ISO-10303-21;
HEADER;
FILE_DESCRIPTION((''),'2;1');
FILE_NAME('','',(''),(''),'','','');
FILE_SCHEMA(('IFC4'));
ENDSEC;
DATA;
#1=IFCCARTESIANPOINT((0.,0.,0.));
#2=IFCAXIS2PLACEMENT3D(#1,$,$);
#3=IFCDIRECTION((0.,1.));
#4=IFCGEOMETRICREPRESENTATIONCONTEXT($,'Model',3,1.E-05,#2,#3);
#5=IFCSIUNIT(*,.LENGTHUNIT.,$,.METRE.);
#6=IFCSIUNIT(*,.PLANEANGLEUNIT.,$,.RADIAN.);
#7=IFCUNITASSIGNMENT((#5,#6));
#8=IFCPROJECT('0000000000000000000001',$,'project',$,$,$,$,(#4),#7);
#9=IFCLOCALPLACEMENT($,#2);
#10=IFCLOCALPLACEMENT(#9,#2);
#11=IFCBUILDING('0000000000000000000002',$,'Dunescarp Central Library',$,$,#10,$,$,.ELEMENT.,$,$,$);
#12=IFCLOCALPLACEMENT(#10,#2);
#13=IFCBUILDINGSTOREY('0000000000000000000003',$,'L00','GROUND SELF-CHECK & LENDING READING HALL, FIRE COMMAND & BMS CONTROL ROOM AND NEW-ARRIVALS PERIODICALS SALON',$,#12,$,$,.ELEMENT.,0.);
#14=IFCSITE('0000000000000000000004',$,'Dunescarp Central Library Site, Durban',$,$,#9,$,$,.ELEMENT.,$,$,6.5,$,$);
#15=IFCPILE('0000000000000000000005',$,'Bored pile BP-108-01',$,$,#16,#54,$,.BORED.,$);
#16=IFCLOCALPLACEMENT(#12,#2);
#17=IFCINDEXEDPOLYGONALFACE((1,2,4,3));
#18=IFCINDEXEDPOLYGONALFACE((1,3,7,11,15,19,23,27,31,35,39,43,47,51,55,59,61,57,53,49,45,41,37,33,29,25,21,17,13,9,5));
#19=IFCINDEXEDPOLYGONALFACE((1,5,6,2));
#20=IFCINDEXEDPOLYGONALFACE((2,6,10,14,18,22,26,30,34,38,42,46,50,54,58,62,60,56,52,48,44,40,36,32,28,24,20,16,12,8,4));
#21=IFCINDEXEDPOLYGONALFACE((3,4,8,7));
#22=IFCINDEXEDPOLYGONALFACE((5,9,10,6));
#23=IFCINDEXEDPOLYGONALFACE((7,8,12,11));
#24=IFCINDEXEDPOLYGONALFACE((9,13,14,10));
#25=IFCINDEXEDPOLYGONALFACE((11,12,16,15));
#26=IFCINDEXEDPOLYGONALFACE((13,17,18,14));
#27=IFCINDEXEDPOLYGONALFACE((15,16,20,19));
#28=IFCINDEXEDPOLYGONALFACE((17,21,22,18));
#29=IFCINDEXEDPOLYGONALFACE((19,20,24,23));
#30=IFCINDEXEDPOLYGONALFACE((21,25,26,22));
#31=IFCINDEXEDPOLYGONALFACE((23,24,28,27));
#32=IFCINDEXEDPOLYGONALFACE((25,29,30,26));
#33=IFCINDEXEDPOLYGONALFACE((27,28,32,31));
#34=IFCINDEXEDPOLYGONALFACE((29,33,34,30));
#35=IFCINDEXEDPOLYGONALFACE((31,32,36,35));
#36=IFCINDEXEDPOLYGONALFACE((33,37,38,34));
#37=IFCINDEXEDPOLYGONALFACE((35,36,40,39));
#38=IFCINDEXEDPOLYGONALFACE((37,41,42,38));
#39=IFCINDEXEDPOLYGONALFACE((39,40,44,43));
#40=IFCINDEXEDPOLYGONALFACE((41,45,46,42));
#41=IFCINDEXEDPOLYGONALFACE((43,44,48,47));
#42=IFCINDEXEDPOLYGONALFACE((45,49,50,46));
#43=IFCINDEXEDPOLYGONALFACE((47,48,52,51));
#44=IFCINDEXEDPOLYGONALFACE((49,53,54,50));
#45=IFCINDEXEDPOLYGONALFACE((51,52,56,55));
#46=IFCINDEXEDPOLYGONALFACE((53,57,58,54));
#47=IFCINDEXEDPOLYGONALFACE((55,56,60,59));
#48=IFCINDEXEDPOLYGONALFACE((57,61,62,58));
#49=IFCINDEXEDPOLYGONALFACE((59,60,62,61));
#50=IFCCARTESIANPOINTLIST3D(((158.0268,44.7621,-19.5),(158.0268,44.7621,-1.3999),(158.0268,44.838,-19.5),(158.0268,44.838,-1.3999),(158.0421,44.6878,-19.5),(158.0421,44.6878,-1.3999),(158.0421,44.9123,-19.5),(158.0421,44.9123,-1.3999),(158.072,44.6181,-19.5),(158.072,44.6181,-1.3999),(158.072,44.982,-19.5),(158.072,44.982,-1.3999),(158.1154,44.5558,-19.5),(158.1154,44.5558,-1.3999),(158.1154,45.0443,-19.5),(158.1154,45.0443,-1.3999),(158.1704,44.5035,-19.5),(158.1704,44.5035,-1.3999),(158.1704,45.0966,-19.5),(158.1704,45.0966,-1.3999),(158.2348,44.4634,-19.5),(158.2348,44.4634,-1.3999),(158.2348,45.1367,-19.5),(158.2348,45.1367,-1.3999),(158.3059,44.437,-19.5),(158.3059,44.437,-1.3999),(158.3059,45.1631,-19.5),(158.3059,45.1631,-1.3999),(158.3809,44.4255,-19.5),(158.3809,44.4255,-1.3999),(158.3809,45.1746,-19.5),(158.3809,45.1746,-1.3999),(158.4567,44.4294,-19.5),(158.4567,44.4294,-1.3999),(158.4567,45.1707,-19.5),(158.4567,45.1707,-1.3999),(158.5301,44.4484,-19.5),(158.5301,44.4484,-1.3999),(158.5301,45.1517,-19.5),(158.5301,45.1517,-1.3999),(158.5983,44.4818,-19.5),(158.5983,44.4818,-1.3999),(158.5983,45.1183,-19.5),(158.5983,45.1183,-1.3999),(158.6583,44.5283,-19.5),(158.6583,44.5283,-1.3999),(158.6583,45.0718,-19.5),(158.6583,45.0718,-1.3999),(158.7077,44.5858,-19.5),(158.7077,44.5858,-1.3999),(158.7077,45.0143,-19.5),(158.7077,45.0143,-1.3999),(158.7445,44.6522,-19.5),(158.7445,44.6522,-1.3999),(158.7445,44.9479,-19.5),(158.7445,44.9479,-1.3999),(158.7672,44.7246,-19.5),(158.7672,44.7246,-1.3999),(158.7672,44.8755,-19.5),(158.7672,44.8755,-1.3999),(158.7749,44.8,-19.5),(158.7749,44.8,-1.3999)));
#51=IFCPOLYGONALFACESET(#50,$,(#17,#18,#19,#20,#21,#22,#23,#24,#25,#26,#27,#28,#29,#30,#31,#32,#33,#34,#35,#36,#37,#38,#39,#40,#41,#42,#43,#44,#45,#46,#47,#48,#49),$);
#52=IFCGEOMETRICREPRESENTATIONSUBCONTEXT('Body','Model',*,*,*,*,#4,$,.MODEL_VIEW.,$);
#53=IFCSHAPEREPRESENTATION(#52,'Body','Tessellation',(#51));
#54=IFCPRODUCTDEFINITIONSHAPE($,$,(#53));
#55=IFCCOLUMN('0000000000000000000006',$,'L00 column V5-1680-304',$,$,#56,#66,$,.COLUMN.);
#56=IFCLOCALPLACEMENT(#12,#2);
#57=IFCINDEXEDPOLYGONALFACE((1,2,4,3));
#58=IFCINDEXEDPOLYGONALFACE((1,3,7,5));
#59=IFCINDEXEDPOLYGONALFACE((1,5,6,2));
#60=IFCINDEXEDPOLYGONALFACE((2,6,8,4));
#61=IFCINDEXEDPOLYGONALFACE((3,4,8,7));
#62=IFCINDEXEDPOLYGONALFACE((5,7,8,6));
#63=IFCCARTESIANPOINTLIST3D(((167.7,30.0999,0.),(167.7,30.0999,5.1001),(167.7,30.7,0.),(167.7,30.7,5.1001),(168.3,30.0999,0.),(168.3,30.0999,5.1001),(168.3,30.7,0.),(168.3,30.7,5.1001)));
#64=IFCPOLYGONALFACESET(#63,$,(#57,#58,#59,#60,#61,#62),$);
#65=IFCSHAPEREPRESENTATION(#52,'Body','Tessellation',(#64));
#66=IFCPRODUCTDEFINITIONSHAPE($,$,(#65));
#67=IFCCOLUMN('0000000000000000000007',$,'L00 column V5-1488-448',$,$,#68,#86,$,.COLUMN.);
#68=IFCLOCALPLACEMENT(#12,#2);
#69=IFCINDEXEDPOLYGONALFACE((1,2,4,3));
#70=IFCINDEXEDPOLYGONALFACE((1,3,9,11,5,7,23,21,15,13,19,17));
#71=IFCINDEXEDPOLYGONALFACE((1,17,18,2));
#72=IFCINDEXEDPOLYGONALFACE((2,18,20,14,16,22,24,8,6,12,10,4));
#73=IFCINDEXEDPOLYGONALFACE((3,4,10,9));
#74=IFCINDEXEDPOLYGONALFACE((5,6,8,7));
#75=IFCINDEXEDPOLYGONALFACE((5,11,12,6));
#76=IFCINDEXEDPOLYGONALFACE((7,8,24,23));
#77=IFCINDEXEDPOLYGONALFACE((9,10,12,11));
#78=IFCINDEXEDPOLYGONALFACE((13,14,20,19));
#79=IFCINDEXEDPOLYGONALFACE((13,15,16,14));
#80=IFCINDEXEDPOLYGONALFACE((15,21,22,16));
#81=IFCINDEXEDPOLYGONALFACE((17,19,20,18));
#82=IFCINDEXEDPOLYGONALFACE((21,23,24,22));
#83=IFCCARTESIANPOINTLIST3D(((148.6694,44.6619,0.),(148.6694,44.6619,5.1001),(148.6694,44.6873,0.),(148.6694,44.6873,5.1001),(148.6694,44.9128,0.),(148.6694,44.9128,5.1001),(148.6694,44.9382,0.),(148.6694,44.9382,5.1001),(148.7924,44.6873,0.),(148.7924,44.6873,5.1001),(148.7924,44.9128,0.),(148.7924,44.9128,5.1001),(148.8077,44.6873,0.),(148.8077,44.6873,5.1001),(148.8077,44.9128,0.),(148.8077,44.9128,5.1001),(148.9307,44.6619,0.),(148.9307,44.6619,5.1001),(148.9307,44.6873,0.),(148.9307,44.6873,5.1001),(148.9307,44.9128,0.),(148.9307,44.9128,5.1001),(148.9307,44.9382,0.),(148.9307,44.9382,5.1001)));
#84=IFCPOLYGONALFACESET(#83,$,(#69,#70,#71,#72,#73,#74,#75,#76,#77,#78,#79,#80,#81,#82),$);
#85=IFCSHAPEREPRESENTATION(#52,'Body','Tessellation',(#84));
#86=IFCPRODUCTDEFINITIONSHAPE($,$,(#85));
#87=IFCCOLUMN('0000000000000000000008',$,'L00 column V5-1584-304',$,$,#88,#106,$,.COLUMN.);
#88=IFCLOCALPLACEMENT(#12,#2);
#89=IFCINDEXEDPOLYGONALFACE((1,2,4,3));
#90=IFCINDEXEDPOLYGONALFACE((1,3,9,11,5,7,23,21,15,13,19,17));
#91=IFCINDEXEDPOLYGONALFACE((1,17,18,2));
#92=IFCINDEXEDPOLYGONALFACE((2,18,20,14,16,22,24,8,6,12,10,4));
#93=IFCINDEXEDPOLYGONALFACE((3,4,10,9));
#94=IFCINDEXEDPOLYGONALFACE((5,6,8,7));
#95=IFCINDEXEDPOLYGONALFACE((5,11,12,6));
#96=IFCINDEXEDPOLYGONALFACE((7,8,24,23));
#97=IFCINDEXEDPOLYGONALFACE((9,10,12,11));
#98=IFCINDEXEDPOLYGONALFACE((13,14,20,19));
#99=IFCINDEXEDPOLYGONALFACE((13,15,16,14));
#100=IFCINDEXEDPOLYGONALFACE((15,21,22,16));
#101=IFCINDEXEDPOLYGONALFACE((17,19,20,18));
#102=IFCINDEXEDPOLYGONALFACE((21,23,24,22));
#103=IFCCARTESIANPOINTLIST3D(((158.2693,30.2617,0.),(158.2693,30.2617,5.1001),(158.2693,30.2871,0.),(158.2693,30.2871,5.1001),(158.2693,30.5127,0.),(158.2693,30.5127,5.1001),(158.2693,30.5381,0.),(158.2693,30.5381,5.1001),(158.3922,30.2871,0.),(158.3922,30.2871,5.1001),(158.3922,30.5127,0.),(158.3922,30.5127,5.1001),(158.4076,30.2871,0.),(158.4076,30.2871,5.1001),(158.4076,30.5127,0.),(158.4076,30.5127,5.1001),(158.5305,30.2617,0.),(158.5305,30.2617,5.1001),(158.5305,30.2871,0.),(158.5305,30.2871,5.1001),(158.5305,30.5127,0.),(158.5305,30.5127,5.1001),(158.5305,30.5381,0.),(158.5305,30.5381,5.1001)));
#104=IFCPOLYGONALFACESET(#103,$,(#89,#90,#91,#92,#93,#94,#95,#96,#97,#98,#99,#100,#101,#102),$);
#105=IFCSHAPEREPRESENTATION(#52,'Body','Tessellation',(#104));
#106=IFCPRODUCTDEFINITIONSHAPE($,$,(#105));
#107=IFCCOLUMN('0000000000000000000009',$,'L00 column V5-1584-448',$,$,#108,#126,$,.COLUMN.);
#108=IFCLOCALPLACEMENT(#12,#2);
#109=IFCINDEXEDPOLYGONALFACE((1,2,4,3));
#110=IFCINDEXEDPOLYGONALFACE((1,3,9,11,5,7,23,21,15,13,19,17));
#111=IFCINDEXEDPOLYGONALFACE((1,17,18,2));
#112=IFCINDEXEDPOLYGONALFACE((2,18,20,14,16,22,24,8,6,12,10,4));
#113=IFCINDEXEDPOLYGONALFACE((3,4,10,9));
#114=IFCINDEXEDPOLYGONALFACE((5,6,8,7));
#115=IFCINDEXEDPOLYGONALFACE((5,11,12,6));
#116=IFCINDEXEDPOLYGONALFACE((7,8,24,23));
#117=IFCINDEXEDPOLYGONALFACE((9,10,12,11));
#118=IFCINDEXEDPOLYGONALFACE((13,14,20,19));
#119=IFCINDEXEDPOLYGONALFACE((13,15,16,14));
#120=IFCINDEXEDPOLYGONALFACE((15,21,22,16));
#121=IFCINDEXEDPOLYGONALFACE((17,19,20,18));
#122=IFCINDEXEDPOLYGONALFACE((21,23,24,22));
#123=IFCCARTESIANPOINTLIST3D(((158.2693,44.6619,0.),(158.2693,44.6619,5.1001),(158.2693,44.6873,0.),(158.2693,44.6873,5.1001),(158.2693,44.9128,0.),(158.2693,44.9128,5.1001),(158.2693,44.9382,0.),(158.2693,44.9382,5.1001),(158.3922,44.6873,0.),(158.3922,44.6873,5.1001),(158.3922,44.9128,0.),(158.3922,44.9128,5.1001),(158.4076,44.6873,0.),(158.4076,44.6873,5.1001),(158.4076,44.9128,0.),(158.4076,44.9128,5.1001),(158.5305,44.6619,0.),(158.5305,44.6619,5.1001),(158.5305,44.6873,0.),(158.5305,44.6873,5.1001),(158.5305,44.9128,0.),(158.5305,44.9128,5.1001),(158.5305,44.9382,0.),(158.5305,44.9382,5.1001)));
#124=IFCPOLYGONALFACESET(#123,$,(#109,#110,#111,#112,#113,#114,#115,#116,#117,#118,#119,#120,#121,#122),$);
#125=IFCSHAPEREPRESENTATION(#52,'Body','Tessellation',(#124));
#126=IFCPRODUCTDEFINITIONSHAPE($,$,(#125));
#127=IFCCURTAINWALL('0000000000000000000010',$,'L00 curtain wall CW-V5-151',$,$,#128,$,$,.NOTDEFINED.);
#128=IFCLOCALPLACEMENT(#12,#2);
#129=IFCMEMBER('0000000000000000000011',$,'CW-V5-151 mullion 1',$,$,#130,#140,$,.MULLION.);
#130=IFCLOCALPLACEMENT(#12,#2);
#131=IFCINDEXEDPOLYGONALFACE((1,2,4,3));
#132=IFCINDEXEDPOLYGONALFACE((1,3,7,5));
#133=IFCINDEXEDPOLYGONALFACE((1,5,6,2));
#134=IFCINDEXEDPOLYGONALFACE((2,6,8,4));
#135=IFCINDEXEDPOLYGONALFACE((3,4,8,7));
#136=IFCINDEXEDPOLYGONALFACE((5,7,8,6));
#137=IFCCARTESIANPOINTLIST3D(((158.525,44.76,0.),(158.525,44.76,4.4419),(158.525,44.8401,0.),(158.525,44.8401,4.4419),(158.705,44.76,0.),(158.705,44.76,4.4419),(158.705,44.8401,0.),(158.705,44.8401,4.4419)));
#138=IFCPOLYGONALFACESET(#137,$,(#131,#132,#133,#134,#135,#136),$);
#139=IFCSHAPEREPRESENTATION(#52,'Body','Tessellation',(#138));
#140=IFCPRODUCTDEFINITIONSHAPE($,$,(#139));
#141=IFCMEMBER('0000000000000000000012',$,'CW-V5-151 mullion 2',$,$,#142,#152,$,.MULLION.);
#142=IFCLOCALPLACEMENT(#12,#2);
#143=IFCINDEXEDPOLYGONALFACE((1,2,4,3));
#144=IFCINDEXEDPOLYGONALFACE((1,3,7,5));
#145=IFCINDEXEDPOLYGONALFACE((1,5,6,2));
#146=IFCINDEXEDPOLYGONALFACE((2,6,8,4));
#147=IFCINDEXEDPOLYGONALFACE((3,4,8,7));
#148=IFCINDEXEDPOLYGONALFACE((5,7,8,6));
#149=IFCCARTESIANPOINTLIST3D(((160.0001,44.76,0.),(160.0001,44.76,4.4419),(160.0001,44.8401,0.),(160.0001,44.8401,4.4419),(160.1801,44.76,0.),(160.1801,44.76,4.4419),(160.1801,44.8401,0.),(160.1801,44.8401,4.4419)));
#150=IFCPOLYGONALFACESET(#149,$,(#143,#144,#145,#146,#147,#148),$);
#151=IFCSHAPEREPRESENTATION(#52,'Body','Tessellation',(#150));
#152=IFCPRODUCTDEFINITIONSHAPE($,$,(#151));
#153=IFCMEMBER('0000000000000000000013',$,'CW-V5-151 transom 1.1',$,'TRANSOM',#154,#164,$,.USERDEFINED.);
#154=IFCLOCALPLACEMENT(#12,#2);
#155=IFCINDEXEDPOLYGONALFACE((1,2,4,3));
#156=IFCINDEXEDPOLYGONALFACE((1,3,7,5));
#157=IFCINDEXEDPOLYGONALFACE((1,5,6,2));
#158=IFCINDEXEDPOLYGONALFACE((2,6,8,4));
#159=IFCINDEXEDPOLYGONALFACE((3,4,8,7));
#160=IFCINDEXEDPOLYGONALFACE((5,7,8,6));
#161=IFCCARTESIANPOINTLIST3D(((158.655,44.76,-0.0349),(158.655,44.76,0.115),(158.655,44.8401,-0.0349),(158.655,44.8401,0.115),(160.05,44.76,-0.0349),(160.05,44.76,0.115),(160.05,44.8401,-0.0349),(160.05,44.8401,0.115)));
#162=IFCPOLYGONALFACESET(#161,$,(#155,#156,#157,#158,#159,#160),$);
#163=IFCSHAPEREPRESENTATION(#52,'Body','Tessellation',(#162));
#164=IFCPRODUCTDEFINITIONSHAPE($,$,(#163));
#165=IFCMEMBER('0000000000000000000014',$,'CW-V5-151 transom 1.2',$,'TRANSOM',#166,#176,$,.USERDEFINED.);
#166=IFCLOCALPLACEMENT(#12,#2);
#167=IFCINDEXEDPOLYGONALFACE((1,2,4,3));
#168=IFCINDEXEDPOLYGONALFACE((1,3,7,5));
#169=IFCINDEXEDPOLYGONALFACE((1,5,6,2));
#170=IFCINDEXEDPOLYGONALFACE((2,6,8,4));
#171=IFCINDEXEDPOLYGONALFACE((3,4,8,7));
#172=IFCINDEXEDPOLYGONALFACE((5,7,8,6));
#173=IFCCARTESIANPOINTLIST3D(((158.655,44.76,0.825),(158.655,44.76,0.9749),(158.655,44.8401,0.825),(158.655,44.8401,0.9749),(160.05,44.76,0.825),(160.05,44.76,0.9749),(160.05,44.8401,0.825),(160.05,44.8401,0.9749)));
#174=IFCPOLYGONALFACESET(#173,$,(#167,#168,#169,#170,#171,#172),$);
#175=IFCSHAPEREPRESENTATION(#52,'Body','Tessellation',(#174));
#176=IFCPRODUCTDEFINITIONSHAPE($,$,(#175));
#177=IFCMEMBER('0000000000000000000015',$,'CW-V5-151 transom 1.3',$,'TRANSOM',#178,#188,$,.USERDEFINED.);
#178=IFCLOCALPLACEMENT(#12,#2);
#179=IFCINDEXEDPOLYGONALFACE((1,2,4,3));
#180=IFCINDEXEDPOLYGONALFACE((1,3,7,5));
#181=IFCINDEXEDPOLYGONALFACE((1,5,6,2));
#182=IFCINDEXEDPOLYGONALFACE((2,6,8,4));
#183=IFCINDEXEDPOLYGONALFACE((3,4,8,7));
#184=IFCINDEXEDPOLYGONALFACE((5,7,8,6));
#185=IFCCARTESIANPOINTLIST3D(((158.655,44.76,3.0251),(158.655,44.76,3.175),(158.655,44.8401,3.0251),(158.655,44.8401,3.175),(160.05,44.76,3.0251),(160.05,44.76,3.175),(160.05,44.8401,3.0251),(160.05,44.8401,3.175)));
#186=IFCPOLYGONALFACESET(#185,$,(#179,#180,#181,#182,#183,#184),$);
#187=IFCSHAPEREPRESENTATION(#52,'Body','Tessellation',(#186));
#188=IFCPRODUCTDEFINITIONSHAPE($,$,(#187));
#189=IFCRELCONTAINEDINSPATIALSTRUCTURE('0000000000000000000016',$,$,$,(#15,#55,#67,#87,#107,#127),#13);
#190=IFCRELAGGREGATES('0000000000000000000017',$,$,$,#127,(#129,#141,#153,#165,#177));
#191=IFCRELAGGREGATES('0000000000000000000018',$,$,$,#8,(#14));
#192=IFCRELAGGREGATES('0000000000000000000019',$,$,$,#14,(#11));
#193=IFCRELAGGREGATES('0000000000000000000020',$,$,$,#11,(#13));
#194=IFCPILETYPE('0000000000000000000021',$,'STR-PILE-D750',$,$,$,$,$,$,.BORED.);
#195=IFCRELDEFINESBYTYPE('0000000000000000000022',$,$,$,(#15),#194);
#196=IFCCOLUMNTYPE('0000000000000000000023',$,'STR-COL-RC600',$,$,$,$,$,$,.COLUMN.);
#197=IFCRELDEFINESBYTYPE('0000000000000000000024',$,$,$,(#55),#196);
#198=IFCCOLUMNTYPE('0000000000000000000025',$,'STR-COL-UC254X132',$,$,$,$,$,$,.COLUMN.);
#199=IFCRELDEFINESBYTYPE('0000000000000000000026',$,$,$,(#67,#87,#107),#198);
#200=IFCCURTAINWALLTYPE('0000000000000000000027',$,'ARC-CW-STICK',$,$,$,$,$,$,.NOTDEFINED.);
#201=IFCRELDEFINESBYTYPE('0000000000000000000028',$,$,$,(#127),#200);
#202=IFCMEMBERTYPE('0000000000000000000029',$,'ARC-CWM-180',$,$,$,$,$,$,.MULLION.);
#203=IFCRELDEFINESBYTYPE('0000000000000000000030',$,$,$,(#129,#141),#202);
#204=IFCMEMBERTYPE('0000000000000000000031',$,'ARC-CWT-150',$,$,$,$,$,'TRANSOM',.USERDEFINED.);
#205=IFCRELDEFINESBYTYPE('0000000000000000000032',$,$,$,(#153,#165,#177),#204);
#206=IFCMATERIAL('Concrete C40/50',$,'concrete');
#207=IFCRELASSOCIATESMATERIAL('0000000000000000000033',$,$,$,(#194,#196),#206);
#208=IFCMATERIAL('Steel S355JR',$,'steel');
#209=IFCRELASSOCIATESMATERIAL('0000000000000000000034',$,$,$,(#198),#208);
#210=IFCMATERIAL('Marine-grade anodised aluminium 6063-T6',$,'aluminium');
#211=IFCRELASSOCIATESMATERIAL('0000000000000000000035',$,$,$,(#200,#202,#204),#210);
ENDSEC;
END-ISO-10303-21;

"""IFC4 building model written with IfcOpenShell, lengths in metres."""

from ifc_helpers import new_model, si_unit, direction, frame, origin, origin_2d, place, context, subcontext, project, spatial, rectangle, circle, i_section, extrude, material, material_profile, profile_set, type_object, element, aggregate, save


model = new_model("IFC4")

# Units and contexts
model_context = context("Model", 3, precision=1e-05, world=origin(), true_north=direction((0.0, 1.0)))
body_context = subcontext(model_context, "Body", "Model", "MODEL_VIEW")
ifc_project = project(units=[si_unit("LENGTHUNIT", "METRE"), si_unit("PLANEANGLEUNIT", "RADIAN")], contexts=[model_context])

# Site, building, storey
site_placement = place(None, origin())
site = spatial("IfcSite", under=ifc_project, at=site_placement, Name="Dunescarp Central Library Site, Durban", CompositionType="ELEMENT", RefElevation=6.5)
building_placement = place(site_placement, origin())
building = spatial("IfcBuilding", under=site, at=building_placement, Name="Dunescarp Central Library", CompositionType="ELEMENT")
storey_placement = place(building_placement, origin())
storey = spatial("IfcBuildingStorey", under=building, at=storey_placement, Name="L00", Description="GROUND SELF-CHECK & LENDING READING HALL, FIRE COMMAND & BMS CONTROL ROOM AND NEW-ARRIVALS PERIODICALS SALON", CompositionType="ELEMENT", Elevation=0.0)

# Shared definitions
ifc_material_1 = material(Name="Concrete C40/50", Category="concrete")

# Pile
ifc_material_profile_1 = material_profile(ifc_material_1, circle(Radius=0.375, at=origin_2d()), Name="PILE D750")
ifc_profile_set_1 = profile_set([ifc_material_profile_1], Name="Concrete C40/50")
pile_type = type_object("IfcPileType", Name="STR-PILE-D750", PredefinedType="BORED", material=ifc_profile_set_1)
for number, where, z_axis, x_axis, name in (
    (1, (158.3999, 44.8, -1.3999), (0.0, 0.0, -1.0), (1.0, 0.0, 0.0), "Bored pile BP-108-01"),
):
    element("IfcPile", number, at=place(storey_placement, frame(where, z_axis=z_axis, x_axis=x_axis)), inside=storey, type_object=pile_type, Name=name, PredefinedType="BORED", context=body_context, shape_type="SweptSolid", body=[
        extrude(circle(Radius=0.375, at=origin_2d()), origin(), (0.0, 0.0, 1.0), 18.1001),
    ])

# Columns
ifc_material_profile_2 = material_profile(ifc_material_1, rectangle(XDim=0.6001, YDim=0.6001, at=origin_2d()), Name="RC 600x600")
ifc_profile_set_2 = profile_set([ifc_material_profile_2], Name="Concrete C40/50")
column_type_1 = type_object("IfcColumnType", Name="STR-COL-RC600", PredefinedType="COLUMN", material=ifc_profile_set_2)
column_placement = place(storey_placement, frame((168.0, 30.3999, 0.0), z_axis=(0.0, 0.0, 1.0), x_axis=(1.0, 0.0, 0.0)))
element("IfcColumn", 2, at=column_placement, inside=storey, type_object=column_type_1, Name="L00 column V5-1680-304", PredefinedType="COLUMN", context=body_context, shape_type="SweptSolid", body=[
    extrude(rectangle(XDim=0.6001, YDim=0.6001, at=origin_2d()), origin(), (0.0, 0.0, 1.0), 5.1001),
])
ifc_material_2 = material(Name="Steel S355JR", Category="steel")
ifc_material_profile_3 = material_profile(ifc_material_2, i_section(OverallWidth=0.2612, OverallDepth=0.2764, WebThickness=0.0154, FlangeThickness=0.0254, at=origin_2d()), Name="UC 254x254x132")
ifc_profile_set_3 = profile_set([ifc_material_profile_3], Name="Steel S355JR")
column_type_2 = type_object("IfcColumnType", Name="STR-COL-UC254X132", PredefinedType="COLUMN", material=ifc_profile_set_3)
for number, where, z_axis, x_axis, name in (
    (3, (148.8, 44.8, 0.0), (0.0, 0.0, 1.0), (1.0, 0.0, 0.0), "L00 column V5-1488-448"),
    (4, (158.3999, 30.3999, 0.0), (0.0, 0.0, 1.0), (1.0, 0.0, 0.0), "L00 column V5-1584-304"),
    (5, (158.3999, 44.8, 0.0), (0.0, 0.0, 1.0), (1.0, 0.0, 0.0), "L00 column V5-1584-448"),
):
    element("IfcColumn", number, at=place(storey_placement, frame(where, z_axis=z_axis, x_axis=x_axis)), inside=storey, type_object=column_type_2, Name=name, PredefinedType="COLUMN", context=body_context, shape_type="SweptSolid", body=[
        extrude(i_section(OverallWidth=0.2612, OverallDepth=0.2764, WebThickness=0.0154, FlangeThickness=0.0254, at=origin_2d()), origin(), (0.0, 0.0, 1.0), 5.1001),
    ])

# Curtain wall, members
ifc_material_3 = material(Name="Marine-grade anodised aluminium 6063-T6", Category="aluminium")
curtain_wall_type = type_object("IfcCurtainWallType", Name="ARC-CW-STICK", PredefinedType="NOTDEFINED", material=ifc_material_3)
curtain_wall_placement = place(storey_placement, origin())
curtain_wall = element("IfcCurtainWall", 6, at=curtain_wall_placement, inside=storey, type_object=curtain_wall_type, Name="L00 curtain wall CW-V5-151", PredefinedType="NOTDEFINED")
ifc_material_profile_4 = material_profile(ifc_material_3, rectangle(XDim=0.0801, YDim=0.1799, at=origin_2d()), Name="AL 80x180")
ifc_profile_set_4 = profile_set([ifc_material_profile_4], Name="Marine-grade anodised aluminium 6063-T6")
member_type_1 = type_object("IfcMemberType", Name="ARC-CWM-180", PredefinedType="MULLION", material=ifc_profile_set_4)
member_1_placement = place(storey_placement, frame((158.615, 44.8, 0.0), z_axis=(0.0, 0.0, 1.0), x_axis=(0.0, 1.0, 0.0)))
member_1 = element("IfcMember", 7, at=member_1_placement, type_object=member_type_1, Name="CW-V5-151 mullion 1", PredefinedType="MULLION", context=body_context, shape_type="SweptSolid", body=[
    extrude(rectangle(XDim=0.0801, YDim=0.1799, at=origin_2d()), origin(), (0.0, 0.0, 1.0), 4.4419),
])
member_2_placement = place(storey_placement, frame((160.0901, 44.8, 0.0), z_axis=(0.0, 0.0, 1.0), x_axis=(0.0, 1.0, 0.0)))
member_2 = element("IfcMember", 8, at=member_2_placement, type_object=member_type_1, Name="CW-V5-151 mullion 2", PredefinedType="MULLION", context=body_context, shape_type="SweptSolid", body=[
    extrude(rectangle(XDim=0.0801, YDim=0.1799, at=origin_2d()), origin(), (0.0, 0.0, 1.0), 4.4419),
])
ifc_material_profile_5 = material_profile(ifc_material_3, rectangle(XDim=0.0801, YDim=0.1499, at=origin_2d()), Name="AL 80x150")
ifc_profile_set_5 = profile_set([ifc_material_profile_5], Name="Marine-grade anodised aluminium 6063-T6")
member_type_2 = type_object("IfcMemberType", Name="ARC-CWT-150", ElementType="TRANSOM", PredefinedType="USERDEFINED", material=ifc_profile_set_5)
member_3_placement = place(storey_placement, frame((158.655, 44.8, 0.04), z_axis=(1.0, 0.0, 0.0), x_axis=(0.0, 1.0, 0.0)))
member_3 = element("IfcMember", 9, at=member_3_placement, type_object=member_type_2, Name="CW-V5-151 transom 1.1", ObjectType="TRANSOM", PredefinedType="USERDEFINED", context=body_context, shape_type="SweptSolid", body=[
    extrude(rectangle(XDim=0.0801, YDim=0.1499, at=origin_2d()), origin(), (0.0, 0.0, 1.0), 1.395),
])
member_4_placement = place(storey_placement, frame((158.655, 44.8, 0.8999), z_axis=(1.0, 0.0, 0.0), x_axis=(0.0, 1.0, 0.0)))
member_4 = element("IfcMember", 10, at=member_4_placement, type_object=member_type_2, Name="CW-V5-151 transom 1.2", ObjectType="TRANSOM", PredefinedType="USERDEFINED", context=body_context, shape_type="SweptSolid", body=[
    extrude(rectangle(XDim=0.0801, YDim=0.1499, at=origin_2d()), origin(), (0.0, 0.0, 1.0), 1.395),
])
member_5_placement = place(storey_placement, frame((158.655, 44.8, 3.1001), z_axis=(1.0, 0.0, 0.0), x_axis=(0.0, 1.0, 0.0)))
member_5 = element("IfcMember", 11, at=member_5_placement, type_object=member_type_2, Name="CW-V5-151 transom 1.3", ObjectType="TRANSOM", PredefinedType="USERDEFINED", context=body_context, shape_type="SweptSolid", body=[
    extrude(rectangle(XDim=0.0801, YDim=0.1499, at=origin_2d()), origin(), (0.0, 0.0, 1.0), 1.395),
])
aggregate(curtain_wall, [member_1, member_2, member_3, member_4, member_5])

save(model, "model.ifc")
